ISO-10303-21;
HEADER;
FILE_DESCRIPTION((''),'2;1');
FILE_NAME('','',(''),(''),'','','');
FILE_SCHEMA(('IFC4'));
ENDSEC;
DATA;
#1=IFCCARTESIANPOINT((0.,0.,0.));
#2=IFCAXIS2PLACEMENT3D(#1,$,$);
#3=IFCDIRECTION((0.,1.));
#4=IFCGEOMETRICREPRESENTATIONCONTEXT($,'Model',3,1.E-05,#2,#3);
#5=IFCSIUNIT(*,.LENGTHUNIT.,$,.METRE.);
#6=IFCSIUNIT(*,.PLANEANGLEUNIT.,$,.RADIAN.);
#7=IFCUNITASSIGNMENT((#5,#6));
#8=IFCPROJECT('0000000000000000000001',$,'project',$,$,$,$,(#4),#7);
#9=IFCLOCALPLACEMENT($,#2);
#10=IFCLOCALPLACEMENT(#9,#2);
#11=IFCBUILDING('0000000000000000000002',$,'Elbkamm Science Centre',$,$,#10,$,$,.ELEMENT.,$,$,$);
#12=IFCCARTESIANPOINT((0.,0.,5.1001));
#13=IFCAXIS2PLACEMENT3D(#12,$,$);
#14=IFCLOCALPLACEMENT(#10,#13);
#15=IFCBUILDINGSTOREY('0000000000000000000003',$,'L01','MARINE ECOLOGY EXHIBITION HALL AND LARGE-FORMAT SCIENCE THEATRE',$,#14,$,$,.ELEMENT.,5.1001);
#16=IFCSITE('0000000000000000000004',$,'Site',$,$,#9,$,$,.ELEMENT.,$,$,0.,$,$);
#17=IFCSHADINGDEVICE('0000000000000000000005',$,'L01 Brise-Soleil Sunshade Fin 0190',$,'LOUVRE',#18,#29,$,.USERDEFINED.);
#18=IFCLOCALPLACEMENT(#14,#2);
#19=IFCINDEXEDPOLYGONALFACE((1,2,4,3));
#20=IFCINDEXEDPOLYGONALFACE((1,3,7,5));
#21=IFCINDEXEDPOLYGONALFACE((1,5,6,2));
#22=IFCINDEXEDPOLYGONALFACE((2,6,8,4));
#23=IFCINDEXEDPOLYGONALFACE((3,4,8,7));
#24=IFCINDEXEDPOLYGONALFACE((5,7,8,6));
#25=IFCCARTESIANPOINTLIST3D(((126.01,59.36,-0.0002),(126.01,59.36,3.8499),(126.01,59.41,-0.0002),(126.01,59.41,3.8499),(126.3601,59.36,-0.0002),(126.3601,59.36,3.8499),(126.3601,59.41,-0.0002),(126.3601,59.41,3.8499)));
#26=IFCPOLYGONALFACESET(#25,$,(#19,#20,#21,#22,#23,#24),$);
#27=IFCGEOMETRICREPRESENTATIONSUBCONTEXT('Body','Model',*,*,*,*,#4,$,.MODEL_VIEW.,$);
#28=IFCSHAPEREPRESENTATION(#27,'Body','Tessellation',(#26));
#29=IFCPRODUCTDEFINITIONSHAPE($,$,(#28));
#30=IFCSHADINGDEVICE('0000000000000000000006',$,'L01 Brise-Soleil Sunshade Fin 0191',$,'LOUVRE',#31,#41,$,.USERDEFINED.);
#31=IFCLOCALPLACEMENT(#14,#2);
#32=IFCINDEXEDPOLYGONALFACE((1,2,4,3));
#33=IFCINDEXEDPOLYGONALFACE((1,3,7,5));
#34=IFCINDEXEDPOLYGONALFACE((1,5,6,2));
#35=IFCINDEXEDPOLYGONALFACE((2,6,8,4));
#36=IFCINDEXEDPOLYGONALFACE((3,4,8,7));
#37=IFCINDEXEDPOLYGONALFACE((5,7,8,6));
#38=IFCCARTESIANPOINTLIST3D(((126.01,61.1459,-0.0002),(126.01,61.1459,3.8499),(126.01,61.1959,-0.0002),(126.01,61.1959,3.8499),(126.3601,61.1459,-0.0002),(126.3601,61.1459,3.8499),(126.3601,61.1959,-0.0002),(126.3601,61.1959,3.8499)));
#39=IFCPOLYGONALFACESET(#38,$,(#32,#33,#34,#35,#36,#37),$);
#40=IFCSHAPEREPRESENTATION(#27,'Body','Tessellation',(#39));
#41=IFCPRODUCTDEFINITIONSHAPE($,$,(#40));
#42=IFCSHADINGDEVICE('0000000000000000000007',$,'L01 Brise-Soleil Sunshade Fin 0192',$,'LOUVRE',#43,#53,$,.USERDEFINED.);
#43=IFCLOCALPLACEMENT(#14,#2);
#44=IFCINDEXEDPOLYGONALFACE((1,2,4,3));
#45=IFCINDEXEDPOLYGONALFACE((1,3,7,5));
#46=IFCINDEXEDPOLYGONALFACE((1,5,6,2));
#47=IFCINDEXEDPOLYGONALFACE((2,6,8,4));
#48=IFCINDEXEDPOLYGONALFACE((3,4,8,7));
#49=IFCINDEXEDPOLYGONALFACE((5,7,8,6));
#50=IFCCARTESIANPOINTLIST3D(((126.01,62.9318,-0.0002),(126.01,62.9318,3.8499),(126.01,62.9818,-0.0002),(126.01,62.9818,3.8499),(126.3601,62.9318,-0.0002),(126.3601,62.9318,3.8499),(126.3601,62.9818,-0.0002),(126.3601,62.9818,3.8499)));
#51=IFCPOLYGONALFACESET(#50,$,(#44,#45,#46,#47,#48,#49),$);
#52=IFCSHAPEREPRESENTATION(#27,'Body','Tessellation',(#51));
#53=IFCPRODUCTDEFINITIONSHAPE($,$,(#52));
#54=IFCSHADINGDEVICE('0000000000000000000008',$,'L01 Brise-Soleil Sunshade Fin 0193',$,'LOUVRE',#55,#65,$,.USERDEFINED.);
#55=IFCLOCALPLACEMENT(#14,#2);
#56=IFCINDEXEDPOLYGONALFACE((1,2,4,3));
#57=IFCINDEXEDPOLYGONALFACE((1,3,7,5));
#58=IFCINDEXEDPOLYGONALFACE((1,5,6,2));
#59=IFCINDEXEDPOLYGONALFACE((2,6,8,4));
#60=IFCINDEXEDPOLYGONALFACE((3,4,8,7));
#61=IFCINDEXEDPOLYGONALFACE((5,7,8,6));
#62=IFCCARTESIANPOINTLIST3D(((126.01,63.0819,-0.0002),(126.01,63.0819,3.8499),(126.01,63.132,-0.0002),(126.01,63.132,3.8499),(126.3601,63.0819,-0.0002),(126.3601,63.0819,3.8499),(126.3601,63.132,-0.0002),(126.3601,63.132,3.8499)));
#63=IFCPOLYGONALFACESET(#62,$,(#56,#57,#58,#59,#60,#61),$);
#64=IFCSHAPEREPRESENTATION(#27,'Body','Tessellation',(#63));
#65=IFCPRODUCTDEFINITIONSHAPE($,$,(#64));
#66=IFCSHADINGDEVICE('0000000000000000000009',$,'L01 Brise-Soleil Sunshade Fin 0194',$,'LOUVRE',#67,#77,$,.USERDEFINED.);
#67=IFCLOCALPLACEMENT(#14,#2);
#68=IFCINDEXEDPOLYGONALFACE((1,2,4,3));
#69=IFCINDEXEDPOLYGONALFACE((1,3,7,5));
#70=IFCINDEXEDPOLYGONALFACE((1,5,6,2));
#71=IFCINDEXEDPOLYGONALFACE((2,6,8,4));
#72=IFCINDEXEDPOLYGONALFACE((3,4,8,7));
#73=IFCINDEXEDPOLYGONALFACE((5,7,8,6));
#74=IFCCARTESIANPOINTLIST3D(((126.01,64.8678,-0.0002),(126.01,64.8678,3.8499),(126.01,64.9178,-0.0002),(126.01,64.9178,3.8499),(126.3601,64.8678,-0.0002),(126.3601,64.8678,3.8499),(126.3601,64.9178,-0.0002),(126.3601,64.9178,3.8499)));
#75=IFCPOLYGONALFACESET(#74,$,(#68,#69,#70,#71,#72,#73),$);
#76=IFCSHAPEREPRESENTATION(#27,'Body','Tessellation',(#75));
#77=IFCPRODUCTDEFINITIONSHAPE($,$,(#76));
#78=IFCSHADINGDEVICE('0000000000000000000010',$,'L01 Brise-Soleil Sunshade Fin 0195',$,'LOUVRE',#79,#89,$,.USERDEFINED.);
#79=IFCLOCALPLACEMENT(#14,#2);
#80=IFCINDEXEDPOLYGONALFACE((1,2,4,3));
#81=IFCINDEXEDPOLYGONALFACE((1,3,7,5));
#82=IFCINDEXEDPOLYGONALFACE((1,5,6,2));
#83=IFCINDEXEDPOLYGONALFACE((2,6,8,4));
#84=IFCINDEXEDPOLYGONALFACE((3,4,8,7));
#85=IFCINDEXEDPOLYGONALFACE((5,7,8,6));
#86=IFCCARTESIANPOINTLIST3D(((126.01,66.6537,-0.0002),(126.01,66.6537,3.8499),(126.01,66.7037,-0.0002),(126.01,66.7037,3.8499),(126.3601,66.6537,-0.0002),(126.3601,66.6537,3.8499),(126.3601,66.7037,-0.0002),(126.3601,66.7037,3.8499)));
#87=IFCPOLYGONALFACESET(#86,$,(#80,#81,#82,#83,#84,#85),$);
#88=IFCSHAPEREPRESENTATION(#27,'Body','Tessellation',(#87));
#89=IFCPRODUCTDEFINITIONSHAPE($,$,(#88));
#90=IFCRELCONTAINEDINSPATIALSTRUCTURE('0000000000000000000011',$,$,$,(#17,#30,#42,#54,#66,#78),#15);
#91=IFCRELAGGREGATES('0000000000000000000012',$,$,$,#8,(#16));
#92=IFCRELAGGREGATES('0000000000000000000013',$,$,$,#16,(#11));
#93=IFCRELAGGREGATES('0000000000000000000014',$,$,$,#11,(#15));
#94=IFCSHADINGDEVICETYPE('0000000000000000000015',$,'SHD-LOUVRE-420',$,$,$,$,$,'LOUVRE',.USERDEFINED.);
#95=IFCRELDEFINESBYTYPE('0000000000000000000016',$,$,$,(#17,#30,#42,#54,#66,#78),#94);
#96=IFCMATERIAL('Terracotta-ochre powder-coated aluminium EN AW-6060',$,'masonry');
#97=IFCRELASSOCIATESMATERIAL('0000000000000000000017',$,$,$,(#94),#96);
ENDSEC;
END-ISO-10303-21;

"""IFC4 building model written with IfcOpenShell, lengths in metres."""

from ifc_helpers import new_model, si_unit, direction, frame, origin, origin_2d, place, context, subcontext, project, spatial, rectangle, extrude, material, type_object, element, save


model = new_model("IFC4")

# Units and contexts
model_context = context("Model", 3, precision=1e-05, world=origin(), true_north=direction((0.0, 1.0)))
body_context = subcontext(model_context, "Body", "Model", "MODEL_VIEW")
ifc_project = project(units=[si_unit("LENGTHUNIT", "METRE"), si_unit("PLANEANGLEUNIT", "RADIAN")], contexts=[model_context])

# Site, building, storey
site_placement = place(None, origin())
site = spatial("IfcSite", under=ifc_project, at=site_placement, Name="Site", CompositionType="ELEMENT", RefElevation=0.0)
building_placement = place(site_placement, origin())
building = spatial("IfcBuilding", under=site, at=building_placement, Name="Elbkamm Science Centre", CompositionType="ELEMENT")
storey_placement = place(building_placement, frame((0.0, 0.0, 5.1001)))
storey = spatial("IfcBuildingStorey", under=building, at=storey_placement, Name="L01", Description="MARINE ECOLOGY EXHIBITION HALL AND LARGE-FORMAT SCIENCE THEATRE", CompositionType="ELEMENT", Elevation=5.1001)

# Shading devices
ifc_material_1 = material(Name="Terracotta-ochre powder-coated aluminium EN AW-6060", Category="masonry")
shading_device_type = type_object("IfcShadingDeviceType", Name="SHD-LOUVRE-420", ElementType="LOUVRE", PredefinedType="USERDEFINED", material=ifc_material_1)
for number, where, z_axis, x_axis, name in (
    (1, (126.1851, 59.385, -0.0002), (0.0, 0.0, 1.0), (-1.0, 0.0, 0.0), "L01 Brise-Soleil Sunshade Fin 0190"),
    (2, (126.1851, 61.1709, -0.0002), (0.0, 0.0, 1.0), (-1.0, 0.0, 0.0), "L01 Brise-Soleil Sunshade Fin 0191"),
    (3, (126.1851, 62.9568, -0.0002), (0.0, 0.0, 1.0), (-1.0, 0.0, 0.0), "L01 Brise-Soleil Sunshade Fin 0192"),
    (4, (126.1851, 63.1069, -0.0002), (0.0, 0.0, 1.0), (-1.0, 0.0, 0.0), "L01 Brise-Soleil Sunshade Fin 0193"),
    (5, (126.1851, 64.8928, -0.0002), (0.0, 0.0, 1.0), (-1.0, 0.0, 0.0), "L01 Brise-Soleil Sunshade Fin 0194"),
    (6, (126.1851, 66.6787, -0.0002), (0.0, 0.0, 1.0), (-1.0, 0.0, 0.0), "L01 Brise-Soleil Sunshade Fin 0195"),
):
    element("IfcShadingDevice", number, at=place(storey_placement, frame(where, z_axis=z_axis, x_axis=x_axis)), inside=storey, type_object=shading_device_type, Name=name, ObjectType="LOUVRE", PredefinedType="USERDEFINED", context=body_context, shape_type="SweptSolid", body=[
        extrude(rectangle(XDim=0.3501, YDim=0.05, at=origin_2d()), origin(), (0.0, 0.0, 1.0), 3.8501),
    ])

save(model, "model.ifc")
